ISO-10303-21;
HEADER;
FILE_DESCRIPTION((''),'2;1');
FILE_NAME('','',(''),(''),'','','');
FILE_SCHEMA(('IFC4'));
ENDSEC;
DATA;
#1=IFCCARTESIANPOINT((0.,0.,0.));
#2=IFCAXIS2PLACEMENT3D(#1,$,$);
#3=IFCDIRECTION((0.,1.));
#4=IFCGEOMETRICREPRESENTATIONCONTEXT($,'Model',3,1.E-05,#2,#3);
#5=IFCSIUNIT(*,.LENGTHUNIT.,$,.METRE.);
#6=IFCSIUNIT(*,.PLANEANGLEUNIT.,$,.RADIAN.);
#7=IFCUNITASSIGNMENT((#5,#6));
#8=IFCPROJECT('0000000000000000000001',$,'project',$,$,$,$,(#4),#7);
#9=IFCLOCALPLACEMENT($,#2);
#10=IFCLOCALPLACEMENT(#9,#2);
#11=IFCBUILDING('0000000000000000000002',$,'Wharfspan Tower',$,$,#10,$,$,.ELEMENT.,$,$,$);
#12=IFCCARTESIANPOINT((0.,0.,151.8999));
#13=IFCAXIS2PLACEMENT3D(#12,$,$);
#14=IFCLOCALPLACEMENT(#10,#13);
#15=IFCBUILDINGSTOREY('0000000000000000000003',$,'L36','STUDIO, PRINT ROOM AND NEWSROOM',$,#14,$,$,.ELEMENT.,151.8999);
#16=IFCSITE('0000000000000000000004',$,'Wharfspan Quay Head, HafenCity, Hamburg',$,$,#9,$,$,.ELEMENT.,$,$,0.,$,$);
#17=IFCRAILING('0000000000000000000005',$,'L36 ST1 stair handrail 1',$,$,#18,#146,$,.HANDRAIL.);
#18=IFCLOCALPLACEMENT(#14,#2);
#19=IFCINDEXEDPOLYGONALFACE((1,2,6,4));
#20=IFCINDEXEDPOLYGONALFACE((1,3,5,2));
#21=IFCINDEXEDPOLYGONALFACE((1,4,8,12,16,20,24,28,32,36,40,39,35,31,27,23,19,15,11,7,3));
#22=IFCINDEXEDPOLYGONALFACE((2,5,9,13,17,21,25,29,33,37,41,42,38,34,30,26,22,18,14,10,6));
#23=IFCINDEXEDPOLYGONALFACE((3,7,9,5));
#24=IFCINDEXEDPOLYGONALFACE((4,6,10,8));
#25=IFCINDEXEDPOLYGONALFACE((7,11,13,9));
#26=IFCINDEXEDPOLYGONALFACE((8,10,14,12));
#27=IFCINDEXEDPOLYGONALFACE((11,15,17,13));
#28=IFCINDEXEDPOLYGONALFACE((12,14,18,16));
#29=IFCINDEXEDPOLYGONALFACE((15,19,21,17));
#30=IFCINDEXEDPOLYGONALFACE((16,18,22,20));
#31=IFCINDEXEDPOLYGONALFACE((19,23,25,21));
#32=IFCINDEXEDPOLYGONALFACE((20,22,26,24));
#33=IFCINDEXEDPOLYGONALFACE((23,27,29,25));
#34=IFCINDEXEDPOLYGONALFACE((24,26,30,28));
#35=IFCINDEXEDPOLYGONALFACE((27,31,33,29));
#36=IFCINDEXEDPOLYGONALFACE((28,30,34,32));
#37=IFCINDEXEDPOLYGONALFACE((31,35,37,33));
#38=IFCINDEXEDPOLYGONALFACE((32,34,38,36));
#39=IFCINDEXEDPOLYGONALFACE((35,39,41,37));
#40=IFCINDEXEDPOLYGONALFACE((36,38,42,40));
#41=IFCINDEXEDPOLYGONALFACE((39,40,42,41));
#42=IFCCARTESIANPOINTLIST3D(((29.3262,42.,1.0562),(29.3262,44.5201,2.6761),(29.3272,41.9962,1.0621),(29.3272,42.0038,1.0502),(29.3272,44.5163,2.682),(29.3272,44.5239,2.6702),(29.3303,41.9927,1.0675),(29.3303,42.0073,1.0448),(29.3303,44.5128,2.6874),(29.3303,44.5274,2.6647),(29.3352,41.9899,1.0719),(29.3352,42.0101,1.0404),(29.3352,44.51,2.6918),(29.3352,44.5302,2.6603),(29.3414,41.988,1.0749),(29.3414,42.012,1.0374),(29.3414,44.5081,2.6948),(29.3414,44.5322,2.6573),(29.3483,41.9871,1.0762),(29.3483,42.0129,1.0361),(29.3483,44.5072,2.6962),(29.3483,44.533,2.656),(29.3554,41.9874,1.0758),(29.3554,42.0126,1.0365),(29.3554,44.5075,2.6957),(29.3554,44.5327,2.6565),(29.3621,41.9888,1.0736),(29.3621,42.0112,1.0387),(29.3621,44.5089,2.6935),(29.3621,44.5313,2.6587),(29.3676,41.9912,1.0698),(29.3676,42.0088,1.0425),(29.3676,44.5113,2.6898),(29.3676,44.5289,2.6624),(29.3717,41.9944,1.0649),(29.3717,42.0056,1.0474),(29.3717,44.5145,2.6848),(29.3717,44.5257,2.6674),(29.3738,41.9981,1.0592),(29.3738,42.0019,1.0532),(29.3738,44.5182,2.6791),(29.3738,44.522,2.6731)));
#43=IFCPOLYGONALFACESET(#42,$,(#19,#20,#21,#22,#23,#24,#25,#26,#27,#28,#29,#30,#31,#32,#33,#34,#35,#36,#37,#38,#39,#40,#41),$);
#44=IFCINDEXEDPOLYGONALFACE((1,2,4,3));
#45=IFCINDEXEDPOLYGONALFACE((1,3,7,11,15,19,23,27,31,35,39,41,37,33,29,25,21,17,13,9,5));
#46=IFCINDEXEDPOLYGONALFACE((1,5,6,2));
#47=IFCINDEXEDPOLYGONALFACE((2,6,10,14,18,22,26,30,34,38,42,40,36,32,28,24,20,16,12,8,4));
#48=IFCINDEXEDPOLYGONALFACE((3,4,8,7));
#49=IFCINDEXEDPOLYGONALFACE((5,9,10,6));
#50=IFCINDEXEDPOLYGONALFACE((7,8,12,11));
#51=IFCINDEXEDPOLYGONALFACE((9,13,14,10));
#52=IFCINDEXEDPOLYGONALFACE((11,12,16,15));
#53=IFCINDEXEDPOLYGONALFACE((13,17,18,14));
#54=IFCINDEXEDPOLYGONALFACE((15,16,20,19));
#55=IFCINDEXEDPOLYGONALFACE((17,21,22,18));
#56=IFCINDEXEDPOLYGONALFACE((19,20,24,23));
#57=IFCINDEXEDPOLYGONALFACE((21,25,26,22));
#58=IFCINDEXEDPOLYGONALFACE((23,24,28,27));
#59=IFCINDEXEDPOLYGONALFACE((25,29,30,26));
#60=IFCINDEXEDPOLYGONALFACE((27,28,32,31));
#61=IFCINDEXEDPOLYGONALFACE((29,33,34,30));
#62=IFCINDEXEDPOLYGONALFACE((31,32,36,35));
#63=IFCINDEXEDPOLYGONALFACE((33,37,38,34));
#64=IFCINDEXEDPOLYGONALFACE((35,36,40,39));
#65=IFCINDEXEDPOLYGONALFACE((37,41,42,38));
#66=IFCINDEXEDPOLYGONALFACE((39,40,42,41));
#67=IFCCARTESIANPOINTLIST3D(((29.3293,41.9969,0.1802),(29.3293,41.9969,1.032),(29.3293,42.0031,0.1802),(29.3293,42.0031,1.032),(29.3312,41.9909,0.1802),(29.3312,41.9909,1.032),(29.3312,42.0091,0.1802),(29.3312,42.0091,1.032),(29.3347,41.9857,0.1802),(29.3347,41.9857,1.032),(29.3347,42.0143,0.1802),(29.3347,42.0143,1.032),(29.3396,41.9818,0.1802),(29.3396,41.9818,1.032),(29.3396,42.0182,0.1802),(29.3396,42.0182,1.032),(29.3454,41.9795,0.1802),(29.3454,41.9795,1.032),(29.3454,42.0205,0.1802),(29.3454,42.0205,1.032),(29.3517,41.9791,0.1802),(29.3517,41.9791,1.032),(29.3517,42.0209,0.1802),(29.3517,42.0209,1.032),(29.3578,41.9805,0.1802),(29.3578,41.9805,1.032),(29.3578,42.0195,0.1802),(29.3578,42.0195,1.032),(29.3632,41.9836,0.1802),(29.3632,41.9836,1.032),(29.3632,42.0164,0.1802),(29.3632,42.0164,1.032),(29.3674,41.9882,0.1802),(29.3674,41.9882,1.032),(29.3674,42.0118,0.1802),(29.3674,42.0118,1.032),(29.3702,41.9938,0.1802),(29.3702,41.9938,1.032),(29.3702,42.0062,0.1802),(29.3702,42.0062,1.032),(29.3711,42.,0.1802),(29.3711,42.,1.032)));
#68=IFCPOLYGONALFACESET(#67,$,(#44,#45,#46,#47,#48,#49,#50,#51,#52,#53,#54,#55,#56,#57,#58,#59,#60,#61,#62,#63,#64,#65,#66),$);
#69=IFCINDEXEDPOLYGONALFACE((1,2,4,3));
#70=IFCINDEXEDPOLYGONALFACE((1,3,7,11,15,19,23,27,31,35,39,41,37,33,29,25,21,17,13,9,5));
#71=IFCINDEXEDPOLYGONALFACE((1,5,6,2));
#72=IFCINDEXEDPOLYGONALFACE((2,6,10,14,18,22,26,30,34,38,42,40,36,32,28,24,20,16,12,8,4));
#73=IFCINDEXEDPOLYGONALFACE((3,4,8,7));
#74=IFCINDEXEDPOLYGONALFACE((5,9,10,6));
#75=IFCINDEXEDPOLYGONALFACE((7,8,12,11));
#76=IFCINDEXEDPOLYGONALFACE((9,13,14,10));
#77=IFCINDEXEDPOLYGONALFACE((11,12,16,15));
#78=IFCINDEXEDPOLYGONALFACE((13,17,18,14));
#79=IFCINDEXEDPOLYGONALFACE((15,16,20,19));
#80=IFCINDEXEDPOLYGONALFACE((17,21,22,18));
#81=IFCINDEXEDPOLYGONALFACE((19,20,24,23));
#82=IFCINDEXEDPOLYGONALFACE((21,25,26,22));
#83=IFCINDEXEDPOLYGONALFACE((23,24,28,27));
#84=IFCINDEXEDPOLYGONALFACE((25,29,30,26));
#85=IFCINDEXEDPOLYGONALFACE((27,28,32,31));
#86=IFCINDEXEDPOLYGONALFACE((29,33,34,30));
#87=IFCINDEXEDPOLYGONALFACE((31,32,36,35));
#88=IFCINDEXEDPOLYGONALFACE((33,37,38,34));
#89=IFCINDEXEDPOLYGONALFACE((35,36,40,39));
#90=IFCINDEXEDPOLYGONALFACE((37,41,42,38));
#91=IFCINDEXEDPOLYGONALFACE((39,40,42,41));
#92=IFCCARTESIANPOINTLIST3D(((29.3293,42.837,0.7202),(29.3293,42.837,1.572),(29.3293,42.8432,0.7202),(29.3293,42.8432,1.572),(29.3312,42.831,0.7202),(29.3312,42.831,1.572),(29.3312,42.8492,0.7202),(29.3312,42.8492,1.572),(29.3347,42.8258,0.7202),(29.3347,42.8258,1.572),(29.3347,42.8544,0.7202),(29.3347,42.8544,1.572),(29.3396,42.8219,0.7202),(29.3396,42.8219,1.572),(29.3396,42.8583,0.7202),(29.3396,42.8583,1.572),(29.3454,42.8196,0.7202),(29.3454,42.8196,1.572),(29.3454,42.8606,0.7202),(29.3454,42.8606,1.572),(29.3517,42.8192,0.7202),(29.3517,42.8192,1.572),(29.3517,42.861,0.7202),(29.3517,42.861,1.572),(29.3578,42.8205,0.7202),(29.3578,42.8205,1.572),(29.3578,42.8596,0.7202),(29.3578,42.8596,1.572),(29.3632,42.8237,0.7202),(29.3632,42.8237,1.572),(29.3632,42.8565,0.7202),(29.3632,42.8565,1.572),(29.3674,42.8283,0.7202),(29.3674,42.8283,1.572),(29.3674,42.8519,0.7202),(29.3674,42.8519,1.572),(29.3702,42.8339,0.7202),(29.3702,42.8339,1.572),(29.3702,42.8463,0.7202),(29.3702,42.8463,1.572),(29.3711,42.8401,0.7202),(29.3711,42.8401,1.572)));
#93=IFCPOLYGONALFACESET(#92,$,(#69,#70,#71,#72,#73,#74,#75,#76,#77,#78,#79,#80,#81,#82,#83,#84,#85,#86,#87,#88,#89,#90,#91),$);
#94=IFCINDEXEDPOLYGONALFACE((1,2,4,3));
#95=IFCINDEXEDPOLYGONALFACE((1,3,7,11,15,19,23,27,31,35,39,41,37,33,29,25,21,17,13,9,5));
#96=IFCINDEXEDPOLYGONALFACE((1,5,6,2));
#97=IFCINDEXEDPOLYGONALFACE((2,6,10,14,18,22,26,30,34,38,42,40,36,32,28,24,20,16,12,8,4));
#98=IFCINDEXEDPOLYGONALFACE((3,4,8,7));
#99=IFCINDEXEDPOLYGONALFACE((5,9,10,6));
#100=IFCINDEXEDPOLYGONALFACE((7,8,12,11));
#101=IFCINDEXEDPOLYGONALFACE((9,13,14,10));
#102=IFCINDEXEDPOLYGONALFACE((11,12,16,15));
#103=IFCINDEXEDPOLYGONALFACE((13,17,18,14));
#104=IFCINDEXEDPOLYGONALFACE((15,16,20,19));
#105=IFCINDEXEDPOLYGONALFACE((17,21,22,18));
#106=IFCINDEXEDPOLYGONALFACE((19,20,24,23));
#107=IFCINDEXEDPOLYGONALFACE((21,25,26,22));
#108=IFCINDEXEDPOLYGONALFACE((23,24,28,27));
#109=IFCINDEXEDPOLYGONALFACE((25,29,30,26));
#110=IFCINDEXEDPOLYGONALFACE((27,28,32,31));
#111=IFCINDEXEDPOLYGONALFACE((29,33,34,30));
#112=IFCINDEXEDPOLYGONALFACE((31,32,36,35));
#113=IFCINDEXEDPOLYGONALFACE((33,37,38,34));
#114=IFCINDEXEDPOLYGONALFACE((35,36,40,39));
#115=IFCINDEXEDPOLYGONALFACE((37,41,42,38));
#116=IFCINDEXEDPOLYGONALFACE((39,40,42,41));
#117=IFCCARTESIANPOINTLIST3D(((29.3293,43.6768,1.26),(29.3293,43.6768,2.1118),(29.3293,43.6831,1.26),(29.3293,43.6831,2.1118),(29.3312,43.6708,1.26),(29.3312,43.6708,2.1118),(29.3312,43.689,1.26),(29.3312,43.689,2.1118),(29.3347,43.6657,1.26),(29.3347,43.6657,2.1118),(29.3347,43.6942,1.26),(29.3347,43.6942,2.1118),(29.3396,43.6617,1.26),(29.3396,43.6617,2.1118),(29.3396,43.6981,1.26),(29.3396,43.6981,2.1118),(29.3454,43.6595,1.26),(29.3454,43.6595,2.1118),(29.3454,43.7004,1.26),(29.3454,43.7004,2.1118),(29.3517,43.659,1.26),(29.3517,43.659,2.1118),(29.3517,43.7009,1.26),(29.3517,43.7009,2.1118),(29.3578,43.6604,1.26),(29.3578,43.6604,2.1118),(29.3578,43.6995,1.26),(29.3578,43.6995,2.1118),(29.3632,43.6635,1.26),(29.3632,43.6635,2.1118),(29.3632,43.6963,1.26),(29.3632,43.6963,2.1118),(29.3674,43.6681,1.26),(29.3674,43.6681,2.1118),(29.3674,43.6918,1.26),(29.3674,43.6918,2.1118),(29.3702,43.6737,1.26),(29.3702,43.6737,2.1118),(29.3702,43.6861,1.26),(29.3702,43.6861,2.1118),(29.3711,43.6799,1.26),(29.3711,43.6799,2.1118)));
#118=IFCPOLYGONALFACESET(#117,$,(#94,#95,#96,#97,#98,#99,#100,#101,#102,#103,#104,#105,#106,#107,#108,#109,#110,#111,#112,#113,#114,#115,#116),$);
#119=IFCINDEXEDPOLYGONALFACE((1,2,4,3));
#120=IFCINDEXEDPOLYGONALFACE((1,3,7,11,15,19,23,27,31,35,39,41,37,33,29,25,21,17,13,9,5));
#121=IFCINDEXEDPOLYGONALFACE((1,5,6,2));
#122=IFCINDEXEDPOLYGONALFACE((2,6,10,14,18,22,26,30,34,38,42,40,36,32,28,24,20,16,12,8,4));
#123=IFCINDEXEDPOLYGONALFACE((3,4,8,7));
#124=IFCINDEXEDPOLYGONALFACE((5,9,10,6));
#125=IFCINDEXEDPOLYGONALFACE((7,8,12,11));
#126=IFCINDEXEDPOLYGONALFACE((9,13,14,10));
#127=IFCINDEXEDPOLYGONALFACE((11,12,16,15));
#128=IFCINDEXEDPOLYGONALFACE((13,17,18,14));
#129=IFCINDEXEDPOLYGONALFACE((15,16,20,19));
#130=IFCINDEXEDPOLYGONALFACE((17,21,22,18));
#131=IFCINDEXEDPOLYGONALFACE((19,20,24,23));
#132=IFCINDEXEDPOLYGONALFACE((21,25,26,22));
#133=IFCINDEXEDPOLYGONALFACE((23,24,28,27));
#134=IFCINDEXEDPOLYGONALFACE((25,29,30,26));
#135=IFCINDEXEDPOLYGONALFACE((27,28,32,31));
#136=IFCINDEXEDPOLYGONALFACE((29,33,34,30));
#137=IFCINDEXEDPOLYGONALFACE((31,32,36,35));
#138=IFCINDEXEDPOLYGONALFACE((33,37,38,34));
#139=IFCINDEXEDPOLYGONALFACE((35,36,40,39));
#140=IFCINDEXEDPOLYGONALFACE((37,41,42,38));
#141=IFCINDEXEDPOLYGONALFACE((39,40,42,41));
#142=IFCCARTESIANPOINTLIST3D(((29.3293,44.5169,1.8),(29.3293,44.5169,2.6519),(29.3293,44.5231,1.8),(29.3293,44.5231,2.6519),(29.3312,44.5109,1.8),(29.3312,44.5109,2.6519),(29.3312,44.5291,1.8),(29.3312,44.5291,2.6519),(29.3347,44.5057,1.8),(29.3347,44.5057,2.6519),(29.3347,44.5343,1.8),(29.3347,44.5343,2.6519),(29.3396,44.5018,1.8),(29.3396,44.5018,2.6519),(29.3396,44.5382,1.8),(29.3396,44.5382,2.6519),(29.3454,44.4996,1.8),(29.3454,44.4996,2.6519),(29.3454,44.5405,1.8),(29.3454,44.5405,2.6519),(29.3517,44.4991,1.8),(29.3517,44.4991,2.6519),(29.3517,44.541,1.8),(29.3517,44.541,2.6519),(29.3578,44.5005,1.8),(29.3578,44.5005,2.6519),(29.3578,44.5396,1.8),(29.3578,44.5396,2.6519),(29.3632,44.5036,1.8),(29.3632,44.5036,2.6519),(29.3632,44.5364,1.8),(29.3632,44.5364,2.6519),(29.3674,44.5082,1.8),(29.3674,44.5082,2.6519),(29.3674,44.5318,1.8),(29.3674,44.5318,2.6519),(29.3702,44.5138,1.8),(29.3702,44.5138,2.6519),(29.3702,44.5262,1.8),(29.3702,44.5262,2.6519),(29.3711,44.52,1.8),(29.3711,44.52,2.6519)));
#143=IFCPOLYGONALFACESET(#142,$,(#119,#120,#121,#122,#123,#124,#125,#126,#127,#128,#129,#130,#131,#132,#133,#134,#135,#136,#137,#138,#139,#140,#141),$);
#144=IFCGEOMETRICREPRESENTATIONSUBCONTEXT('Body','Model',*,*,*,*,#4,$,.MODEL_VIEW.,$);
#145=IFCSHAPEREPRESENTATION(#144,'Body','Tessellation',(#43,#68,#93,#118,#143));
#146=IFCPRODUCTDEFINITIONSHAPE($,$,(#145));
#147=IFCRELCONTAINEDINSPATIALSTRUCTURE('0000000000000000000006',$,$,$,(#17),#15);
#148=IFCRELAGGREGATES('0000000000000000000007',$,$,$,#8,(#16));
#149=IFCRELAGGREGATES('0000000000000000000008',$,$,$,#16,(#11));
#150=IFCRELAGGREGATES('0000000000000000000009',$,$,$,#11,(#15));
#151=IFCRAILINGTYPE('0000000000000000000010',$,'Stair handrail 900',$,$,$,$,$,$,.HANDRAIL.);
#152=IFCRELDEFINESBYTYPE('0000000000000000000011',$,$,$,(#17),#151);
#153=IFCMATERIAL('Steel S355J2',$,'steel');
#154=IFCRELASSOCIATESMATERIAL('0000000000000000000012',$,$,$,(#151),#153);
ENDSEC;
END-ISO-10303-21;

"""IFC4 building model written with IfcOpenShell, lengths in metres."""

from ifc_helpers import new_model, si_unit, direction, frame, origin, origin_2d, place, context, subcontext, project, spatial, circle, extrude, material, type_object, element, save


model = new_model("IFC4")

# Units and contexts
model_context = context("Model", 3, precision=1e-05, world=origin(), true_north=direction((0.0, 1.0)))
body_context = subcontext(model_context, "Body", "Model", "MODEL_VIEW")
ifc_project = project(units=[si_unit("LENGTHUNIT", "METRE"), si_unit("PLANEANGLEUNIT", "RADIAN")], contexts=[model_context])

# Site, building, storey
site_placement = place(None, origin())
site = spatial("IfcSite", under=ifc_project, at=site_placement, Name="Wharfspan Quay Head, HafenCity, Hamburg", CompositionType="ELEMENT", RefElevation=0.0)
building_placement = place(site_placement, origin())
building = spatial("IfcBuilding", under=site, at=building_placement, Name="Wharfspan Tower", CompositionType="ELEMENT")
storey_placement = place(building_placement, frame((0.0, 0.0, 151.8999)))
storey = spatial("IfcBuildingStorey", under=building, at=storey_placement, Name="L36", Description="STUDIO, PRINT ROOM AND NEWSROOM", CompositionType="ELEMENT", Elevation=151.8999)

# Shared definitions
ifc_material_1 = material(Name="Steel S355J2", Category="steel")

# Railing
railing_type_1 = type_object("IfcRailingType", Name="Stair handrail 900", PredefinedType="HANDRAIL", material=ifc_material_1)
railing_1_placement = place(storey_placement, frame((29.3501, 42.0, 0.1802)))
element("IfcRailing", 1, at=railing_1_placement, inside=storey, type_object=railing_type_1, Name="L36 ST1 stair handrail 1", PredefinedType="HANDRAIL", context=body_context, shape_type="SweptSolid", body=[
    extrude(circle(Radius=0.0239, at=origin_2d()), frame((0.0, 0.0, 0.876), z_axis=(0.0, 0.8412, 0.540725), x_axis=(-1.0, 0.0, 0.0)), (0.0, 0.0, 1.0), 2.9958),
    extrude(circle(Radius=0.021, at=origin_2d()), origin(), (0.0, 0.0, 1.0), 0.8518),
    extrude(circle(Radius=0.021, at=origin_2d()), frame((0.0, 0.8401, 0.54)), (0.0, 0.0, 1.0), 0.8518),
    extrude(circle(Radius=0.021, at=origin_2d()), frame((0.0, 1.6799, 1.0798)), (0.0, 0.0, 1.0), 0.8518),
    extrude(circle(Radius=0.021, at=origin_2d()), frame((0.0, 2.52, 1.6199)), (0.0, 0.0, 1.0), 0.8518),
])

save(model, "model.ifc")
